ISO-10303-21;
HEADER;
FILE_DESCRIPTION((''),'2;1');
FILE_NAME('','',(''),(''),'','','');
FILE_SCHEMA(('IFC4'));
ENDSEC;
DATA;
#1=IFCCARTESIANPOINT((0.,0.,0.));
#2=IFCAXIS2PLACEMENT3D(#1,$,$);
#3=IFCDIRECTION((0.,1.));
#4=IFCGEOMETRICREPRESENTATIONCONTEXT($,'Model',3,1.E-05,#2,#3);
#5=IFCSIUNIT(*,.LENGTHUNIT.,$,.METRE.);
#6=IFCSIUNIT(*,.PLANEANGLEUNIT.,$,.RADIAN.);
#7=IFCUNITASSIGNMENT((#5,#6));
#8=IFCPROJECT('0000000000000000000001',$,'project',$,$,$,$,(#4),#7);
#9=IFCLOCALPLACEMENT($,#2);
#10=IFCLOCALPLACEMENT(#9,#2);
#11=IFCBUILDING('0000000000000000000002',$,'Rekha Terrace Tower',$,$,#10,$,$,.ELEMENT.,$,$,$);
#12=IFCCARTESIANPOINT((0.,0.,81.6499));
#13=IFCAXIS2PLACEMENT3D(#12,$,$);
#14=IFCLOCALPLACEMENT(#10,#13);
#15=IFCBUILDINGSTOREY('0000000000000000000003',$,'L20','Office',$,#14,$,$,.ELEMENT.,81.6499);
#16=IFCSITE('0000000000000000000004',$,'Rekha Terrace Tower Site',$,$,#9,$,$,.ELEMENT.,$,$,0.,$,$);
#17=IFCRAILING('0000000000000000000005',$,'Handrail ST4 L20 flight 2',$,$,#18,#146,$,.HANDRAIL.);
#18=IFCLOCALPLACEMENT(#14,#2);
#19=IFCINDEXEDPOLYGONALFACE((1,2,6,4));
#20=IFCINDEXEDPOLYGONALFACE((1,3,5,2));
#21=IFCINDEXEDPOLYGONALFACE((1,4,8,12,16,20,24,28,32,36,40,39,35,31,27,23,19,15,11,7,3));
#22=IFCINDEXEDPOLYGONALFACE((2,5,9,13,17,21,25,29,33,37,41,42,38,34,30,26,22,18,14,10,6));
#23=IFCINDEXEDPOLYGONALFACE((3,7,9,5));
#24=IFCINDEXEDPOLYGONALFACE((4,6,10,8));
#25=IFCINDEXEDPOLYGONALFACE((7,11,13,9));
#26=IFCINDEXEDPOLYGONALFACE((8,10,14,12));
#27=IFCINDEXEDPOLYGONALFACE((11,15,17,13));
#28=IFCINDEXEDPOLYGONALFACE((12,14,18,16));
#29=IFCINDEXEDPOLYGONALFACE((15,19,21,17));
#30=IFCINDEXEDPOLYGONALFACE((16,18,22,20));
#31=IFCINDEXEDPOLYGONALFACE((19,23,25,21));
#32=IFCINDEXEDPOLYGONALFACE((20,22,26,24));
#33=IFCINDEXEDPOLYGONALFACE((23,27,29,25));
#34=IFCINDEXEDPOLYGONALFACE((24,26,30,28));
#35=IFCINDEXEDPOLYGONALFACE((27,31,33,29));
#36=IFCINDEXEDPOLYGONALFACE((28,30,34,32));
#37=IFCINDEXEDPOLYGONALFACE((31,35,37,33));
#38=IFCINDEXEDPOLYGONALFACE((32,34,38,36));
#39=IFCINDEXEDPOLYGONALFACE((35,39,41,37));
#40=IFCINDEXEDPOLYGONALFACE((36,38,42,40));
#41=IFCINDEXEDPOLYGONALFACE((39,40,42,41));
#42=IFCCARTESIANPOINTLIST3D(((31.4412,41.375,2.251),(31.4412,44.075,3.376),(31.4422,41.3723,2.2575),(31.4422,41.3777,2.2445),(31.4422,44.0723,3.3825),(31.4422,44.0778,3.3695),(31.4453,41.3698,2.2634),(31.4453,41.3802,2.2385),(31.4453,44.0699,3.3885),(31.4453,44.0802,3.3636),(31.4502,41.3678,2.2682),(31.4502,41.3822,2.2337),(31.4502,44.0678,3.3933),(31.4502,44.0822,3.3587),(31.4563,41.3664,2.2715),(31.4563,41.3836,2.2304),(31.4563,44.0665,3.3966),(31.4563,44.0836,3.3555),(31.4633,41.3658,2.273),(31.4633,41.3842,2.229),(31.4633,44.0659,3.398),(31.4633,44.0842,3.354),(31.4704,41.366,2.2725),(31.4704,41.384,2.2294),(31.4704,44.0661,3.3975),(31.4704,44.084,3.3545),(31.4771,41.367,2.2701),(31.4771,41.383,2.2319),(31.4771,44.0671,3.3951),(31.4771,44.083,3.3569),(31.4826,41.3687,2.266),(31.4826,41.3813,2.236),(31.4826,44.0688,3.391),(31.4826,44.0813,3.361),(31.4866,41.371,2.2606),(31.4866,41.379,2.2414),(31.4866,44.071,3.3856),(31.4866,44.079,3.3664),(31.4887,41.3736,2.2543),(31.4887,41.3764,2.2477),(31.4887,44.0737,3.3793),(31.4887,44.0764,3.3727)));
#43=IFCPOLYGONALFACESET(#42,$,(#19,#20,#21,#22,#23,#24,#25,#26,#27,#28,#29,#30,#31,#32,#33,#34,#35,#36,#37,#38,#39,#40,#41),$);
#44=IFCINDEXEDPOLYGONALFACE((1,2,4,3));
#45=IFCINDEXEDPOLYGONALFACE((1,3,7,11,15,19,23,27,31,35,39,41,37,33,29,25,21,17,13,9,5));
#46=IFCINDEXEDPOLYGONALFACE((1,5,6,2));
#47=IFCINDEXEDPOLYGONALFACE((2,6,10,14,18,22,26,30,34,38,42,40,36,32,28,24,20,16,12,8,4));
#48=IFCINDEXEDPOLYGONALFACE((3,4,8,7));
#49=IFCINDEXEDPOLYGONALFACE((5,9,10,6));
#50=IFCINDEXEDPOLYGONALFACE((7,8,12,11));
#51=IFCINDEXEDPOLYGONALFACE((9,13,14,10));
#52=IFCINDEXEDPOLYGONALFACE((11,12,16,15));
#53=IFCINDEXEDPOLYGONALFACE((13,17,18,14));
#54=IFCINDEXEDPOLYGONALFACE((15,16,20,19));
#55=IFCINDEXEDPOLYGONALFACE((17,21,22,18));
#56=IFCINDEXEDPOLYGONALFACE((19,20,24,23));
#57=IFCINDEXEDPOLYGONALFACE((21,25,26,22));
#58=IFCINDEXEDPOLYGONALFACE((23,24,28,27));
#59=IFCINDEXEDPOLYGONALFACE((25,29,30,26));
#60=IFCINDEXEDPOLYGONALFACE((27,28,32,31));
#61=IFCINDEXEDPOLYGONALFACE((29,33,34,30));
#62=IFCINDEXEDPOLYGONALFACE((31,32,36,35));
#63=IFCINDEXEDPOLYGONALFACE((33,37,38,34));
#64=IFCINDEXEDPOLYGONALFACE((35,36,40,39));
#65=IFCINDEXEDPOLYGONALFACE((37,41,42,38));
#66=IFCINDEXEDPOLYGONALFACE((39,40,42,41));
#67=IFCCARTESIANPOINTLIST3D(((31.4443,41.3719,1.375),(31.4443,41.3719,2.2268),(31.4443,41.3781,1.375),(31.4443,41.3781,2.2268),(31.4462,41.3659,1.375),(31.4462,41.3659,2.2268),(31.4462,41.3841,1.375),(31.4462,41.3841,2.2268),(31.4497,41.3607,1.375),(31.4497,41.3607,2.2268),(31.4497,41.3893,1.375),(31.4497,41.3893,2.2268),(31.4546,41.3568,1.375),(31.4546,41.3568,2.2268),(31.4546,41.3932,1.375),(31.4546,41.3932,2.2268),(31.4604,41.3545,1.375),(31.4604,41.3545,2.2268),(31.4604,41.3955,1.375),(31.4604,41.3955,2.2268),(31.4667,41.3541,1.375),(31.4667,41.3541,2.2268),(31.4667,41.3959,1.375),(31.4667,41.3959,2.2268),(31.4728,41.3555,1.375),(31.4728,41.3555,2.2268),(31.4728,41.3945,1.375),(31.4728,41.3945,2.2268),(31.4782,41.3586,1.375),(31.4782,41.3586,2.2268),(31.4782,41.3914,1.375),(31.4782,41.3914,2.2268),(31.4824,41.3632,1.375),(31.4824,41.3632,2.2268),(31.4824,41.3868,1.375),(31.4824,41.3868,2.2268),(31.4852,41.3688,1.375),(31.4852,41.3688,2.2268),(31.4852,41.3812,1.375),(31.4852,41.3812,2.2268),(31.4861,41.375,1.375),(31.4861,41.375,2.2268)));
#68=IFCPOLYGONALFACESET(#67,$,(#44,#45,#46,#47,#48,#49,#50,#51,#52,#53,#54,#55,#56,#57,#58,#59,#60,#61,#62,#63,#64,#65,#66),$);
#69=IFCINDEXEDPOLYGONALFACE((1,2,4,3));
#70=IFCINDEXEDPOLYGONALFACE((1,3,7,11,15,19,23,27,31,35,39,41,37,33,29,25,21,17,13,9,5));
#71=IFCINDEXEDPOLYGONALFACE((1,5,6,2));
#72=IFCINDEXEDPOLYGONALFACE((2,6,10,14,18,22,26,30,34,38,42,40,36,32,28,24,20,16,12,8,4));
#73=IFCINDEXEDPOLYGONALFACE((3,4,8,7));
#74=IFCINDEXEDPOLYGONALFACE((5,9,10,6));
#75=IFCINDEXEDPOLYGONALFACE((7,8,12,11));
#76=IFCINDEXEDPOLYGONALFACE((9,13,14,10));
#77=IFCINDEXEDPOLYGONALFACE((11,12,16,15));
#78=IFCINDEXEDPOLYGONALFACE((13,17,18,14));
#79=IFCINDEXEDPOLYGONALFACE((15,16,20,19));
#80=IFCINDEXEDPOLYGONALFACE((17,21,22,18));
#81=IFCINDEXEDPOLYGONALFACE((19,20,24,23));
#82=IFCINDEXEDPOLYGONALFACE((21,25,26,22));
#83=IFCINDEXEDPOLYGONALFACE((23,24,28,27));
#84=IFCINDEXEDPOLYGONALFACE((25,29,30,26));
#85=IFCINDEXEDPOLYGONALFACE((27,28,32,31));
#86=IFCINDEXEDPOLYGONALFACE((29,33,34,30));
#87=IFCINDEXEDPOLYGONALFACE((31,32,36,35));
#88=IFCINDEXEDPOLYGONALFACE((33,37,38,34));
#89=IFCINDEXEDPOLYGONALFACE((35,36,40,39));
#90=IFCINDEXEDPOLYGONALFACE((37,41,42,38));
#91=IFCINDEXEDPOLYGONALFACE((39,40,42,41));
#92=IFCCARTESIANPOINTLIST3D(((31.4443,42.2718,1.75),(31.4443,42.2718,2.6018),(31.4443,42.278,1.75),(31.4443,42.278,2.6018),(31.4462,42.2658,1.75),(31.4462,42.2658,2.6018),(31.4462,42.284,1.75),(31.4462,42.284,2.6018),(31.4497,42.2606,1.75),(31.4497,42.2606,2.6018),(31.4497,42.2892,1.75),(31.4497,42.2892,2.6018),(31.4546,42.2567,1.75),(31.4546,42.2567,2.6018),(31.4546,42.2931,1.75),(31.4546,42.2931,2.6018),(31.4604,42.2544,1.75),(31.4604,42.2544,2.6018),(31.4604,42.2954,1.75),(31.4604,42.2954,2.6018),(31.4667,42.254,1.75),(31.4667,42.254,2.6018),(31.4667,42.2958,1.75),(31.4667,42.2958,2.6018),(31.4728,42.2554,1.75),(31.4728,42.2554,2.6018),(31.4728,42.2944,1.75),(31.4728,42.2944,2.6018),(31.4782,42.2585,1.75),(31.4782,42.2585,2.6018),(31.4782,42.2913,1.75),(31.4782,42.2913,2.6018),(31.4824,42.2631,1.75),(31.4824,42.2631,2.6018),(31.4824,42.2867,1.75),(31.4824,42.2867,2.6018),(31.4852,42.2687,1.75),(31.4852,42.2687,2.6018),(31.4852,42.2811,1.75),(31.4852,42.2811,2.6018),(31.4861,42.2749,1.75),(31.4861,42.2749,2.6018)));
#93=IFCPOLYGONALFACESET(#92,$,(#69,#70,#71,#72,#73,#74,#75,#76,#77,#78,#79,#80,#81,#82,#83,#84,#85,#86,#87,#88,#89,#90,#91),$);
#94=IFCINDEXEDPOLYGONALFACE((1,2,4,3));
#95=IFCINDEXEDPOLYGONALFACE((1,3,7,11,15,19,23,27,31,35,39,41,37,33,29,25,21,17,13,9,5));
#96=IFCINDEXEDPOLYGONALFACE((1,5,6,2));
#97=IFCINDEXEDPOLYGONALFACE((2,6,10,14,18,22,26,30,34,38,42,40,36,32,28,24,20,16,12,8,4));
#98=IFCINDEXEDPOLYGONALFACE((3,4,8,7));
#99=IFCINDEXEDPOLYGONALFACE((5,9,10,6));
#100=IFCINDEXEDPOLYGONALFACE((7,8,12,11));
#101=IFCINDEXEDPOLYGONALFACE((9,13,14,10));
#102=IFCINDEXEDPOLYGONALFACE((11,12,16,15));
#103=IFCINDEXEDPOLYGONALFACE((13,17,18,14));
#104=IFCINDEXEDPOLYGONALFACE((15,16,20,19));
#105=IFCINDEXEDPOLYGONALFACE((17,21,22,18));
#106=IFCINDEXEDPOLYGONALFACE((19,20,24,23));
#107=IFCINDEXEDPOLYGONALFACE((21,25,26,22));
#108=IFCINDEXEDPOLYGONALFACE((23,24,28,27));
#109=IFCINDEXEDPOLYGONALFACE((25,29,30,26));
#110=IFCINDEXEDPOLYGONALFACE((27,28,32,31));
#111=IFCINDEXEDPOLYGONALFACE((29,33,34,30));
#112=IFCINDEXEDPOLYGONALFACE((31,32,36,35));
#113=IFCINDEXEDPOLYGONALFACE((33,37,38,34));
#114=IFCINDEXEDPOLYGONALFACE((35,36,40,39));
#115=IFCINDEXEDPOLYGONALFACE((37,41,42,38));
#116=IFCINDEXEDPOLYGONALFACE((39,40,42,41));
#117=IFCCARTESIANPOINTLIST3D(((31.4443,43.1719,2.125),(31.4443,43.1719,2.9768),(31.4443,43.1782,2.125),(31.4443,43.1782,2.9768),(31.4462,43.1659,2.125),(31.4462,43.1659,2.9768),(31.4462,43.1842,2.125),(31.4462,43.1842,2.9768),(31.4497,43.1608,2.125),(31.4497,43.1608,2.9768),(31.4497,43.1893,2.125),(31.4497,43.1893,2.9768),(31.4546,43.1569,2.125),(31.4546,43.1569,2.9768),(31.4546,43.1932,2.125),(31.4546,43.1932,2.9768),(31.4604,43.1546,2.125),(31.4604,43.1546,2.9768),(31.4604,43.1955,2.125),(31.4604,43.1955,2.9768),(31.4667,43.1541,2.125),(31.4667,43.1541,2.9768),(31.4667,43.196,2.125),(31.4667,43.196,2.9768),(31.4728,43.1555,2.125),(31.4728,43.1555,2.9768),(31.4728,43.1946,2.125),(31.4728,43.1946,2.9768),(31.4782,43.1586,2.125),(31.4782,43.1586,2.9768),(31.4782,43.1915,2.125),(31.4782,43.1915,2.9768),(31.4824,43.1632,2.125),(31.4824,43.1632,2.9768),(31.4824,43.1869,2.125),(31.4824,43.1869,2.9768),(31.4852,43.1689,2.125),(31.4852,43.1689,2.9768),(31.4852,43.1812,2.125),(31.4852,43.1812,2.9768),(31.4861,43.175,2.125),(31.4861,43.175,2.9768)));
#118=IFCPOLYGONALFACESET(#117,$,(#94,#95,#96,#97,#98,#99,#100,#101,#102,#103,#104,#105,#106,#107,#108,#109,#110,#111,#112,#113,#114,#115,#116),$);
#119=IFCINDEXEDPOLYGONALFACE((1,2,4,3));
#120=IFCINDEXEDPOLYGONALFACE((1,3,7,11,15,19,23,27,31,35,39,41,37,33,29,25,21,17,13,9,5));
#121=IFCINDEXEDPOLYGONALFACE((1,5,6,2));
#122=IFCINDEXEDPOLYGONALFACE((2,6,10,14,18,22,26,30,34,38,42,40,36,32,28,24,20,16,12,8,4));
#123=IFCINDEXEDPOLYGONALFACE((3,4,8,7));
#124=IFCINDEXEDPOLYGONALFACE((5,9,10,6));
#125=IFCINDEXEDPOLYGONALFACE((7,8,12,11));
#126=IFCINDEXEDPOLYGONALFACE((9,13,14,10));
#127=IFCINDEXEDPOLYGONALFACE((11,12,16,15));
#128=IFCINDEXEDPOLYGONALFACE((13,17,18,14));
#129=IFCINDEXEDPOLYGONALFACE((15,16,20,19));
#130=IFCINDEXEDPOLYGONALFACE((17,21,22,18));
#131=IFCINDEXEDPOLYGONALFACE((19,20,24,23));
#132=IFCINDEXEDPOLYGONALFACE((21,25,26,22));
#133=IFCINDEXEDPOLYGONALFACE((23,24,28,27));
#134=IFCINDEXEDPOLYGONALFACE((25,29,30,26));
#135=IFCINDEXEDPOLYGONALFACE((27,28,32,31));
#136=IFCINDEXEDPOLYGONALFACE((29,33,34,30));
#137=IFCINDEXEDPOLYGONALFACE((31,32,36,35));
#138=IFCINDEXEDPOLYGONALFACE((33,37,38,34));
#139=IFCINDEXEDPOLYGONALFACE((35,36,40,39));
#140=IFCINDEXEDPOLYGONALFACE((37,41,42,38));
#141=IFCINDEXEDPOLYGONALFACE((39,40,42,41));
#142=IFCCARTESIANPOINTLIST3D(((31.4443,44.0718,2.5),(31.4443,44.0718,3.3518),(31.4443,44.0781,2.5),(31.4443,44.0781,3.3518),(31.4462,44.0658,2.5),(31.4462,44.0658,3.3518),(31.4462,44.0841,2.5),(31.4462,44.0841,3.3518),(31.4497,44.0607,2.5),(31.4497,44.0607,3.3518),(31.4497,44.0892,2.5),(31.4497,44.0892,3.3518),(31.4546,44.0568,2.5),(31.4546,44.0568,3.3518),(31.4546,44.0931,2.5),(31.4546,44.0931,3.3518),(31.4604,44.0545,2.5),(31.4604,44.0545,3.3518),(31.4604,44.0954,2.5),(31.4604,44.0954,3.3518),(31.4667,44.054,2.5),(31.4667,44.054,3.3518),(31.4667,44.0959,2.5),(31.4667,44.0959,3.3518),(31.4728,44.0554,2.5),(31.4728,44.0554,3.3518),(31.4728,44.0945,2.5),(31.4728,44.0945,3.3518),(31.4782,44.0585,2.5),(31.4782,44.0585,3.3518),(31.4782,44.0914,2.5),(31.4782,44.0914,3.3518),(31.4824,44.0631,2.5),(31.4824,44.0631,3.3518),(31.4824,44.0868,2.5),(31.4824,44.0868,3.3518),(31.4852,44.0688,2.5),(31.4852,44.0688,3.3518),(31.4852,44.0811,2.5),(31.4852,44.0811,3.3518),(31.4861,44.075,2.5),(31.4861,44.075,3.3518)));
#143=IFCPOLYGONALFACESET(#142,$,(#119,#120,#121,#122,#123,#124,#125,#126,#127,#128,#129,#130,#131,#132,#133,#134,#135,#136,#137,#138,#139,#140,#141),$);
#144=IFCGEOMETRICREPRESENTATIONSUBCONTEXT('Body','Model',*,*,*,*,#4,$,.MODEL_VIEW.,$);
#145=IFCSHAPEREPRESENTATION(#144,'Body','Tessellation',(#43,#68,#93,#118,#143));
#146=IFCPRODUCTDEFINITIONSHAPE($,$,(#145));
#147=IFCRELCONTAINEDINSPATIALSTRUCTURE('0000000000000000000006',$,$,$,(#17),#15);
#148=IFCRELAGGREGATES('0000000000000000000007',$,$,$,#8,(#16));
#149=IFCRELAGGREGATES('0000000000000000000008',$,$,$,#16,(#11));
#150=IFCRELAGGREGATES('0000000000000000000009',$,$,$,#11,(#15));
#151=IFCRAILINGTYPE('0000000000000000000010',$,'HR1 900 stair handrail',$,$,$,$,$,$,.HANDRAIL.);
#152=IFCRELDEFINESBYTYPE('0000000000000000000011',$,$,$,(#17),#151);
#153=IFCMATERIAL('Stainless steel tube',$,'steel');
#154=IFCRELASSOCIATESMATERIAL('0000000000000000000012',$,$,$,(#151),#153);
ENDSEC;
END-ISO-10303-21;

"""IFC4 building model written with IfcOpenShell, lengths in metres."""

from ifc_helpers import new_model, si_unit, direction, frame, origin, origin_2d, place, context, subcontext, project, spatial, circle, extrude, material, type_object, element, save


model = new_model("IFC4")

# Units and contexts
model_context = context("Model", 3, precision=1e-05, world=origin(), true_north=direction((0.0, 1.0)))
body_context = subcontext(model_context, "Body", "Model", "MODEL_VIEW")
ifc_project = project(units=[si_unit("LENGTHUNIT", "METRE"), si_unit("PLANEANGLEUNIT", "RADIAN")], contexts=[model_context])

# Site, building, storey
site_placement = place(None, origin())
site = spatial("IfcSite", under=ifc_project, at=site_placement, Name="Rekha Terrace Tower Site", CompositionType="ELEMENT", RefElevation=0.0)
building_placement = place(site_placement, origin())
building = spatial("IfcBuilding", under=site, at=building_placement, Name="Rekha Terrace Tower", CompositionType="ELEMENT")
storey_placement = place(building_placement, frame((0.0, 0.0, 81.6499)))
storey = spatial("IfcBuildingStorey", under=building, at=storey_placement, Name="L20", Description="Office", CompositionType="ELEMENT", Elevation=81.6499)

# Railing
ifc_material_1 = material(Name="Stainless steel tube", Category="steel")
railing_type = type_object("IfcRailingType", Name="HR1 900 stair handrail", PredefinedType="HANDRAIL", material=ifc_material_1)
railing_placement = place(storey_placement, frame((31.4651, 41.375, 1.375)))
element("IfcRailing", 1, at=railing_placement, inside=storey, type_object=railing_type, Name="Handrail ST4 L20 flight 2", PredefinedType="HANDRAIL", context=body_context, shape_type="SweptSolid", body=[
    extrude(circle(Radius=0.0239, at=origin_2d()), frame((0.0, 0.0, 0.876), z_axis=(0.0, 0.923074, 0.384621), x_axis=(-1.0, 0.0, 0.0)), (0.0, 0.0, 1.0), 2.925),
    extrude(circle(Radius=0.021, at=origin_2d()), origin(), (0.0, 0.0, 1.0), 0.8518),
    extrude(circle(Radius=0.021, at=origin_2d()), frame((0.0, 0.8999, 0.375)), (0.0, 0.0, 1.0), 0.8518),
    extrude(circle(Radius=0.021, at=origin_2d()), frame((0.0, 1.8, 0.75)), (0.0, 0.0, 1.0), 0.8518),
    extrude(circle(Radius=0.021, at=origin_2d()), frame((0.0, 2.7, 1.125)), (0.0, 0.0, 1.0), 0.8518),
])

save(model, "model.ifc")
